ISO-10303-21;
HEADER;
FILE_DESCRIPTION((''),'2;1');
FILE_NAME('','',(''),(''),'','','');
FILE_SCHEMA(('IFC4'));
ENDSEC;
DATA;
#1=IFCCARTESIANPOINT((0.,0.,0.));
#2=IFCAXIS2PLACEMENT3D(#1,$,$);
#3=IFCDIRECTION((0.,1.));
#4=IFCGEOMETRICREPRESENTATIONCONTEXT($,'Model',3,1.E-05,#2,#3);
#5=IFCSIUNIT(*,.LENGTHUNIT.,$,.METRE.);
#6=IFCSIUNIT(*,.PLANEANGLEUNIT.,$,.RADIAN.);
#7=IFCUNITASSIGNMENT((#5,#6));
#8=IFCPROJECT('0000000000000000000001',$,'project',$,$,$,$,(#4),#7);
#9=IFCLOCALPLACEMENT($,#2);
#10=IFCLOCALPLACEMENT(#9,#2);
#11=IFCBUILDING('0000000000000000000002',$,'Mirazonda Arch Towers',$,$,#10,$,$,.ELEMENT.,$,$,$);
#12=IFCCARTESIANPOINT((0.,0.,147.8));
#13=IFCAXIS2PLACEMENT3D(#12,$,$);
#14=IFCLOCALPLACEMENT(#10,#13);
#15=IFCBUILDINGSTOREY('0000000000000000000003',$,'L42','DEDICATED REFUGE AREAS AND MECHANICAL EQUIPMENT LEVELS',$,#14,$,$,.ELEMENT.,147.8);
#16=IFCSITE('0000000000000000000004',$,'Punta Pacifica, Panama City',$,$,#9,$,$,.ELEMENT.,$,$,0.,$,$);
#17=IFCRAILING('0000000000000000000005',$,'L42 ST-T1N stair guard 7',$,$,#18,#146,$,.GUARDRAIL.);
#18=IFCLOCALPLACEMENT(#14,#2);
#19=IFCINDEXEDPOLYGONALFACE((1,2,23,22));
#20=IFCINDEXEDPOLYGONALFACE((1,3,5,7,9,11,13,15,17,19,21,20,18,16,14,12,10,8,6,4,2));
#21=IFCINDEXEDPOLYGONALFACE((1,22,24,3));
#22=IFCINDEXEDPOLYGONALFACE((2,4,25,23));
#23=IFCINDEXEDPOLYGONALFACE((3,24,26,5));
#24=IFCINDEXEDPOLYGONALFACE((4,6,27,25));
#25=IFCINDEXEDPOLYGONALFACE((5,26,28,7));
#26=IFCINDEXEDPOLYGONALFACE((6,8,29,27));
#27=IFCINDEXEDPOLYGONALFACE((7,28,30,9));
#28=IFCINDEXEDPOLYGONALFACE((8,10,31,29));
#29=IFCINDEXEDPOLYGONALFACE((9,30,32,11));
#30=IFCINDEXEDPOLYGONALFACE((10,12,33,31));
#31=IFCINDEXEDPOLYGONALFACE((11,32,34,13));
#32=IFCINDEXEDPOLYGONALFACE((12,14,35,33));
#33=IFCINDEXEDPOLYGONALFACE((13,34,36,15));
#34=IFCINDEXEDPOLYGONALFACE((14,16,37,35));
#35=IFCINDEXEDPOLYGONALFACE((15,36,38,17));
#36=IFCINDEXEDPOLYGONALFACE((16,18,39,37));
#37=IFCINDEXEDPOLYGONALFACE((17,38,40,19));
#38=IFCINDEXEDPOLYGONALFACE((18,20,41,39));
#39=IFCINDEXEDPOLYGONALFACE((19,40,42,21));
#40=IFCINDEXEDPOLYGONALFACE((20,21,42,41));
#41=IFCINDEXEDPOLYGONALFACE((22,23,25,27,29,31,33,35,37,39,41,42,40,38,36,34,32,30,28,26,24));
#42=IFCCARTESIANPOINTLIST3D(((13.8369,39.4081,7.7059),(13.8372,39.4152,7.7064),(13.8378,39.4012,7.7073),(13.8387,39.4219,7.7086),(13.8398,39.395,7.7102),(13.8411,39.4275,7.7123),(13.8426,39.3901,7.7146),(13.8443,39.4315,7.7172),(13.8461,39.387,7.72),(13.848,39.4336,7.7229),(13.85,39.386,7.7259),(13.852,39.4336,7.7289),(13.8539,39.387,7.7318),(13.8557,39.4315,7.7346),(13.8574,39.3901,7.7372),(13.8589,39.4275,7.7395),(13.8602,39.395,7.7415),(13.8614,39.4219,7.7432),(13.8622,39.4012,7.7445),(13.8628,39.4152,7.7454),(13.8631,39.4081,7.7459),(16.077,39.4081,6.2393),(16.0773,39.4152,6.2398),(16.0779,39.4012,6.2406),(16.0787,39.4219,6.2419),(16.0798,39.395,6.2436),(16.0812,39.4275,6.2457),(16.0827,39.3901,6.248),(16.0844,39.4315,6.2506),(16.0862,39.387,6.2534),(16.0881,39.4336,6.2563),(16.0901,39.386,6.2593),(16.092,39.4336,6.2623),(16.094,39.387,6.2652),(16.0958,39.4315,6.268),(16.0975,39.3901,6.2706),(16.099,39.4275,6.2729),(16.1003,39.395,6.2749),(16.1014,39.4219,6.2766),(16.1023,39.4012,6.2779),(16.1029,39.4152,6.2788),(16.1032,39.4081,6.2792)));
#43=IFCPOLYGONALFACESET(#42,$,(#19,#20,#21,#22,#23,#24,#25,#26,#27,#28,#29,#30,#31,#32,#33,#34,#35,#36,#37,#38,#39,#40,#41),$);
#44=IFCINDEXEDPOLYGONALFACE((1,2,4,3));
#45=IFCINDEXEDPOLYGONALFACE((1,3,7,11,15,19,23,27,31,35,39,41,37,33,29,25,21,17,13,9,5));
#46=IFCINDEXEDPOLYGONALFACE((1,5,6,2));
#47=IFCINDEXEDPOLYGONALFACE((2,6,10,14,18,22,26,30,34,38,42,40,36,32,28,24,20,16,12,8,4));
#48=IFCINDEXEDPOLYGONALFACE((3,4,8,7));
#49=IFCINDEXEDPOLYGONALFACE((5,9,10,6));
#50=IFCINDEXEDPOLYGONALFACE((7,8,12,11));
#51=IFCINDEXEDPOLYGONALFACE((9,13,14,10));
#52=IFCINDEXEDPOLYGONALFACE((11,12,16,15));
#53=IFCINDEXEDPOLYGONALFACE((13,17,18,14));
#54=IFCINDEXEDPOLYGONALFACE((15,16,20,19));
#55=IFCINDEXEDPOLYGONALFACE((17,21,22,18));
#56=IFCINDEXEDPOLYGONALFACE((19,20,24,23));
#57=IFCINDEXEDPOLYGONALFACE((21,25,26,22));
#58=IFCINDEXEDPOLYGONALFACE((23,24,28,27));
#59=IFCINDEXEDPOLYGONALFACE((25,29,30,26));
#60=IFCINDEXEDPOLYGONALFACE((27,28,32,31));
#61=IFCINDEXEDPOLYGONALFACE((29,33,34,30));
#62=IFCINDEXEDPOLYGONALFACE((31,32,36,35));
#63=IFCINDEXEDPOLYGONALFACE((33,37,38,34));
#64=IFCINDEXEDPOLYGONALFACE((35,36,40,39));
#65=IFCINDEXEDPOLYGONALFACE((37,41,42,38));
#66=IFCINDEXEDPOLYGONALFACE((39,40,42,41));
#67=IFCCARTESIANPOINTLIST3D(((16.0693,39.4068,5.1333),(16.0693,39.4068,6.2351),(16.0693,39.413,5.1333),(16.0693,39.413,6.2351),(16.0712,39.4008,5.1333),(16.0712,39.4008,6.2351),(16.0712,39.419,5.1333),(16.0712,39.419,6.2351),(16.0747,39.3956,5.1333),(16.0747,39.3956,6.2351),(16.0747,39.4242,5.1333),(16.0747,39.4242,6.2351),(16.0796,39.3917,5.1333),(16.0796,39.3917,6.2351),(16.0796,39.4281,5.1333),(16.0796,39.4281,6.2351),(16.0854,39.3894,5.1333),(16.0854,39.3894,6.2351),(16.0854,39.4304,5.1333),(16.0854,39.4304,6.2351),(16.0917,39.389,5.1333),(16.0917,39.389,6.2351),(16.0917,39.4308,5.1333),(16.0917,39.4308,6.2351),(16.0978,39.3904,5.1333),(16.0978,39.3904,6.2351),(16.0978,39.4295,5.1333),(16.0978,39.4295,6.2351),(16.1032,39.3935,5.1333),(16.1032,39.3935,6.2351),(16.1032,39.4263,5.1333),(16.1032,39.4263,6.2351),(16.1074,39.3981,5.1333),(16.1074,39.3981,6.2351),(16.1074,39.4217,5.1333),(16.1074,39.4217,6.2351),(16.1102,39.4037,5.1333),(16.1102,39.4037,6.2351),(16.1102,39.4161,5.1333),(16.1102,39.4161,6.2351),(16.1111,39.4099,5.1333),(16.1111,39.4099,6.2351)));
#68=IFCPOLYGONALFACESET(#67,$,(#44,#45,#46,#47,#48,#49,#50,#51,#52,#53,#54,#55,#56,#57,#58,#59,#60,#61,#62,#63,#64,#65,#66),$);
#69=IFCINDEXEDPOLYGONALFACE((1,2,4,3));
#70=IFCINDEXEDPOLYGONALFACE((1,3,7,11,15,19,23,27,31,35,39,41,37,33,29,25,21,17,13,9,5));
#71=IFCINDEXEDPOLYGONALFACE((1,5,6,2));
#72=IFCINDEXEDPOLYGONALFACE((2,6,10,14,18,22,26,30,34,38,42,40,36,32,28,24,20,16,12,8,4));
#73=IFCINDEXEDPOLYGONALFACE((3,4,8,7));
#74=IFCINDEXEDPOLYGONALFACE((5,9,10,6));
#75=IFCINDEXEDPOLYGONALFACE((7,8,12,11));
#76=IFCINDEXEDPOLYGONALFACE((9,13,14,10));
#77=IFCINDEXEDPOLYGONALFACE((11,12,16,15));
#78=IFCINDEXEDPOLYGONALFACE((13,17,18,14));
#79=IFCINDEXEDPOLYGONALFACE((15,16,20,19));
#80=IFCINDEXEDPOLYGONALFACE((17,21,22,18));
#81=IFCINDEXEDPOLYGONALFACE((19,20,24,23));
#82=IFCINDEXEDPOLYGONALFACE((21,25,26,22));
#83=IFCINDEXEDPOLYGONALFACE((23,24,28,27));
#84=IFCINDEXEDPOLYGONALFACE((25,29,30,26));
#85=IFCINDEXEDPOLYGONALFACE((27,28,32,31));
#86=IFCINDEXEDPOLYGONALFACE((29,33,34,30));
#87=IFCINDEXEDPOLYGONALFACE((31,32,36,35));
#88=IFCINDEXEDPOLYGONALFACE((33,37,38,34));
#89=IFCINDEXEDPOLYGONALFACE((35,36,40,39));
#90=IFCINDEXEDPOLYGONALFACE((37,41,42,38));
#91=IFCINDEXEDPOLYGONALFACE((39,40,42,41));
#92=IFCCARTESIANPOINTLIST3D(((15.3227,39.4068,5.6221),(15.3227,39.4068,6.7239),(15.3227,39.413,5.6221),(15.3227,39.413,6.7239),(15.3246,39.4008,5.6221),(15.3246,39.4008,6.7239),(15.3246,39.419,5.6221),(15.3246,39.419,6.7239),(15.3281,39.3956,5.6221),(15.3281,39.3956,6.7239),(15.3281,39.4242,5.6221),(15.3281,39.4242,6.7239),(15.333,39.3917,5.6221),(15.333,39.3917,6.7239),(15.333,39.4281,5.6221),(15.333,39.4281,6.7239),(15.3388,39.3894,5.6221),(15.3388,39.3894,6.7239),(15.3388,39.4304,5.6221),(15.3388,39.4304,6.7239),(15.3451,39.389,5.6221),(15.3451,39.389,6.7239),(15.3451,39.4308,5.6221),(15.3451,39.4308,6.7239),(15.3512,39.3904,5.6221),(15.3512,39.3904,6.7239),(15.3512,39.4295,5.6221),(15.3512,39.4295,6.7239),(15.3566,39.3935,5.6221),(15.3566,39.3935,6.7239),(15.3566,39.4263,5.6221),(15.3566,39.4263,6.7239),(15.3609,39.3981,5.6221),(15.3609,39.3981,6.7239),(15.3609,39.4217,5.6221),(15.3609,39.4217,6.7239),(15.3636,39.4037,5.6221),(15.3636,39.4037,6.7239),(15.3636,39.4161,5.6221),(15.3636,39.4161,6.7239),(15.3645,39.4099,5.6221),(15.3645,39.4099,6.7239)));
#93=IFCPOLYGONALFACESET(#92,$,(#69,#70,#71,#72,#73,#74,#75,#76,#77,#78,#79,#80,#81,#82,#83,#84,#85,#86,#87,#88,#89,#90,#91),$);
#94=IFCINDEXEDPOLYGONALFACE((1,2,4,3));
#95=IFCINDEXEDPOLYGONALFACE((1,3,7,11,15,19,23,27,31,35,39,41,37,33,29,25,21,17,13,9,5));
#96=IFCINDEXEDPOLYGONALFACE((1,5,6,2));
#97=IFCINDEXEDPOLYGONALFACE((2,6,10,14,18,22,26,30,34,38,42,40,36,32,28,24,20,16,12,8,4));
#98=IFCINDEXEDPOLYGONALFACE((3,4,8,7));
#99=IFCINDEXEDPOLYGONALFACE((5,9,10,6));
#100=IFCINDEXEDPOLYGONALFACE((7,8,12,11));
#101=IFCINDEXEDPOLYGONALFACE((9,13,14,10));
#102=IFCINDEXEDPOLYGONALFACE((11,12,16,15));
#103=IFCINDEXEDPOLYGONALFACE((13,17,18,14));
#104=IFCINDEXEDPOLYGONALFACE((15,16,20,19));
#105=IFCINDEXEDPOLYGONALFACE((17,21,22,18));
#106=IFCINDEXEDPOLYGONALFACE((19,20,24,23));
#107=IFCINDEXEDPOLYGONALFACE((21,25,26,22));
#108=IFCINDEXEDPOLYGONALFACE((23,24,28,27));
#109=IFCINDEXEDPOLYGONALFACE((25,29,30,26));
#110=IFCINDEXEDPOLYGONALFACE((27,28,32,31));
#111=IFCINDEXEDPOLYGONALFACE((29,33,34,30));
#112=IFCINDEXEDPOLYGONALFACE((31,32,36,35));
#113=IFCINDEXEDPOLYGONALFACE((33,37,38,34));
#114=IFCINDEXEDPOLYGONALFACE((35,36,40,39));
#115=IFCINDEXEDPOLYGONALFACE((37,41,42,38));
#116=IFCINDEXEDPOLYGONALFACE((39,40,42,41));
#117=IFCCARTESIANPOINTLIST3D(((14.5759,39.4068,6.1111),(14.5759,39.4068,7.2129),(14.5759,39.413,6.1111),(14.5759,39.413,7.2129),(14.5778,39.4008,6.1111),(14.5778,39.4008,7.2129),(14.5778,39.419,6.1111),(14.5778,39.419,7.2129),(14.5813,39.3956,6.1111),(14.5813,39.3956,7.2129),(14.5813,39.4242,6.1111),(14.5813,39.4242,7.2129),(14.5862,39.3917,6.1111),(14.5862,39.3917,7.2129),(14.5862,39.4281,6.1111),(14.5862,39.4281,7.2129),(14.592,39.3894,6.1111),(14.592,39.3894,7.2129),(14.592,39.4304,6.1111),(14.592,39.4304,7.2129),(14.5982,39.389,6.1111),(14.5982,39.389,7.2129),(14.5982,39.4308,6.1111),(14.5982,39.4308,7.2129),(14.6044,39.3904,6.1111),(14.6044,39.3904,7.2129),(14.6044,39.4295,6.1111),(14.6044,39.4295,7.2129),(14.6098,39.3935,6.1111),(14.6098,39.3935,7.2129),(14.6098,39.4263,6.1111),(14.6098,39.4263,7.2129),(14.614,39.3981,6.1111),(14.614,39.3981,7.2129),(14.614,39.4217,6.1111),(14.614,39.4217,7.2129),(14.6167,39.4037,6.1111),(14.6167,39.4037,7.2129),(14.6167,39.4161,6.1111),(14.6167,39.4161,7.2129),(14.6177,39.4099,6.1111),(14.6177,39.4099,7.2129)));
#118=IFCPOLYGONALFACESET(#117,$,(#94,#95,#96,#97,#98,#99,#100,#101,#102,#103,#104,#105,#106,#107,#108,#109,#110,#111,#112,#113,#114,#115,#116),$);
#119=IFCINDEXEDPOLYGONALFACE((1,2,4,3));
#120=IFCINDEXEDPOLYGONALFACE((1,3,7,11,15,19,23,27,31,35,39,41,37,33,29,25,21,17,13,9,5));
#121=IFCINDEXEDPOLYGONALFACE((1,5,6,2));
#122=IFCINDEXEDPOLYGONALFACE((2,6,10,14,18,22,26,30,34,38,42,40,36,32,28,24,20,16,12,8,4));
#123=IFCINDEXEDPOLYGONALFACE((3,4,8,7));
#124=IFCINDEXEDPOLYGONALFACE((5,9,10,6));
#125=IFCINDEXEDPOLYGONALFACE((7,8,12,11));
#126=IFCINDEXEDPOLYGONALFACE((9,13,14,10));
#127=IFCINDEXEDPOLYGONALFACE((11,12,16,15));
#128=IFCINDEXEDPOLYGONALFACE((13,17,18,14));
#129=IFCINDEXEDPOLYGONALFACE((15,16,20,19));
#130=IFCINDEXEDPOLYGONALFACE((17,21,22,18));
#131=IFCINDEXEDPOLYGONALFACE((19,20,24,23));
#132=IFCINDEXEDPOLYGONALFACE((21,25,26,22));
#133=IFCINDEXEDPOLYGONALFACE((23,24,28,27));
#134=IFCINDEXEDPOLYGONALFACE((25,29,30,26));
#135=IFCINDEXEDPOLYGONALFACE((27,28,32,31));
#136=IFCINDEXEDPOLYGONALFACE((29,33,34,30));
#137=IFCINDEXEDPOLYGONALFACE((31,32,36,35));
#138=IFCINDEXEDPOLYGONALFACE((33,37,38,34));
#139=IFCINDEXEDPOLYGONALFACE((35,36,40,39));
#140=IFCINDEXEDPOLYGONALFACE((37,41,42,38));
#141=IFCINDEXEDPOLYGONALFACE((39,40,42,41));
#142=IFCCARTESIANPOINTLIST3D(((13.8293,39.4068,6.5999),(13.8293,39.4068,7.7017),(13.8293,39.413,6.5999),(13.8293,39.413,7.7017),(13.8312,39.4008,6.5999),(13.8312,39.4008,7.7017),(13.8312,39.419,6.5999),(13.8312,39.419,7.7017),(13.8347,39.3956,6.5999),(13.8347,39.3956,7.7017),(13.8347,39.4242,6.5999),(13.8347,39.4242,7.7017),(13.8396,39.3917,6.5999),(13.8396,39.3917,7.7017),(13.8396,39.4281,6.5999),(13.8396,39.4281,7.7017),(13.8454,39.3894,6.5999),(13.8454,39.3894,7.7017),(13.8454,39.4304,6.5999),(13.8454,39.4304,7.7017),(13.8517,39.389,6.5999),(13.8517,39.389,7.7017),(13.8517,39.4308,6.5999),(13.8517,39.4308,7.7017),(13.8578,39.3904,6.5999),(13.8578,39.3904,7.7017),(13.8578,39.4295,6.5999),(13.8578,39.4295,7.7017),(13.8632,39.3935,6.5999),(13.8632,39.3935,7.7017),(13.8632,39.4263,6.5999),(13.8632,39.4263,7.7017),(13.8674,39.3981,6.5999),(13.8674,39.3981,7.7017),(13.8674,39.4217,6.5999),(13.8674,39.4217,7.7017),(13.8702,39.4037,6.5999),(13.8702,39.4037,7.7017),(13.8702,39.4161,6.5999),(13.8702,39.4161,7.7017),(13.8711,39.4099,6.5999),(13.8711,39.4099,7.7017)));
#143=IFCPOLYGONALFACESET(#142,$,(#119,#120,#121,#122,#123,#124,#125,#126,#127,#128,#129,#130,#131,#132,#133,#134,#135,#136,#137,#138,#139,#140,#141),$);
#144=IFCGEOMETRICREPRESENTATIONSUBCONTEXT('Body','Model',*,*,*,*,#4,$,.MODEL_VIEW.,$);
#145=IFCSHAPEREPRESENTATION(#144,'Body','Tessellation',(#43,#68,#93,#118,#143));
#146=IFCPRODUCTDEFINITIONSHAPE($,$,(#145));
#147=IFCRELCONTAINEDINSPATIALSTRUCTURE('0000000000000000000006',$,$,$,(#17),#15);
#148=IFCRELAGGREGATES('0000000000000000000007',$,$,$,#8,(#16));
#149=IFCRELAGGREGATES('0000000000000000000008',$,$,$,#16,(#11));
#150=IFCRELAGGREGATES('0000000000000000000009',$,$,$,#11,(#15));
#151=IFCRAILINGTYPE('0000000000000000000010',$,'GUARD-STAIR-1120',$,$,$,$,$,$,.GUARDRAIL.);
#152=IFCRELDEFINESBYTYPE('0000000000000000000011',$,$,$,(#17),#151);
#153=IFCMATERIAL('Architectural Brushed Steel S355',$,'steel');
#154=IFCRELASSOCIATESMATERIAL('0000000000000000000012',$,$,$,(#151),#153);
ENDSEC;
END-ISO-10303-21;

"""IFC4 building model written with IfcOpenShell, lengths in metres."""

from ifc_helpers import new_model, si_unit, direction, frame, origin, origin_2d, place, context, subcontext, project, spatial, circle, extrude, material, type_object, element, save


model = new_model("IFC4")

# Units and contexts
model_context = context("Model", 3, precision=1e-05, world=origin(), true_north=direction((0.0, 1.0)))
body_context = subcontext(model_context, "Body", "Model", "MODEL_VIEW")
ifc_project = project(units=[si_unit("LENGTHUNIT", "METRE"), si_unit("PLANEANGLEUNIT", "RADIAN")], contexts=[model_context])

# Site, building, storey
site_placement = place(None, origin())
site = spatial("IfcSite", under=ifc_project, at=site_placement, Name="Punta Pacifica, Panama City", CompositionType="ELEMENT", RefElevation=0.0)
building_placement = place(site_placement, origin())
building = spatial("IfcBuilding", under=site, at=building_placement, Name="Mirazonda Arch Towers", CompositionType="ELEMENT")
storey_placement = place(building_placement, frame((0.0, 0.0, 147.8)))
storey = spatial("IfcBuildingStorey", under=building, at=storey_placement, Name="L42", Description="DEDICATED REFUGE AREAS AND MECHANICAL EQUIPMENT LEVELS", CompositionType="ELEMENT", Elevation=147.8)

# Shared definitions
ifc_material_1 = material(Name="Architectural Brushed Steel S355", Category="steel")

# Railing
railing_type_1 = type_object("IfcRailingType", Name="GUARD-STAIR-1120", PredefinedType="GUARDRAIL", material=ifc_material_1)
railing_1_placement = place(storey_placement, frame((16.0901, 39.4099, 5.1333)))
element("IfcRailing", 1, at=railing_1_placement, inside=storey, type_object=railing_type_1, Name="L42 ST-T1N stair guard 7", PredefinedType="GUARDRAIL", context=body_context, shape_type="SweptSolid", body=[
    extrude(circle(Radius=0.0239, at=origin_2d()), frame((0.0, 0.0, 1.126), z_axis=(-0.836637, 0.0, 0.547758), x_axis=(0.0, -1.0, 0.0)), (0.0, 0.0, 1.0), 2.6775),
    extrude(circle(Radius=0.021, at=origin_2d()), origin(), (0.0, 0.0, 1.0), 1.1018),
    extrude(circle(Radius=0.021, at=origin_2d()), frame((-0.7466, 0.0, 0.4888)), (0.0, 0.0, 1.0), 1.1018),
    extrude(circle(Radius=0.021, at=origin_2d()), frame((-1.4934, 0.0, 0.9778)), (0.0, 0.0, 1.0), 1.1018),
    extrude(circle(Radius=0.021, at=origin_2d()), frame((-2.24, 0.0, 1.4666)), (0.0, 0.0, 1.0), 1.1018),
])

save(model, "model.ifc")
